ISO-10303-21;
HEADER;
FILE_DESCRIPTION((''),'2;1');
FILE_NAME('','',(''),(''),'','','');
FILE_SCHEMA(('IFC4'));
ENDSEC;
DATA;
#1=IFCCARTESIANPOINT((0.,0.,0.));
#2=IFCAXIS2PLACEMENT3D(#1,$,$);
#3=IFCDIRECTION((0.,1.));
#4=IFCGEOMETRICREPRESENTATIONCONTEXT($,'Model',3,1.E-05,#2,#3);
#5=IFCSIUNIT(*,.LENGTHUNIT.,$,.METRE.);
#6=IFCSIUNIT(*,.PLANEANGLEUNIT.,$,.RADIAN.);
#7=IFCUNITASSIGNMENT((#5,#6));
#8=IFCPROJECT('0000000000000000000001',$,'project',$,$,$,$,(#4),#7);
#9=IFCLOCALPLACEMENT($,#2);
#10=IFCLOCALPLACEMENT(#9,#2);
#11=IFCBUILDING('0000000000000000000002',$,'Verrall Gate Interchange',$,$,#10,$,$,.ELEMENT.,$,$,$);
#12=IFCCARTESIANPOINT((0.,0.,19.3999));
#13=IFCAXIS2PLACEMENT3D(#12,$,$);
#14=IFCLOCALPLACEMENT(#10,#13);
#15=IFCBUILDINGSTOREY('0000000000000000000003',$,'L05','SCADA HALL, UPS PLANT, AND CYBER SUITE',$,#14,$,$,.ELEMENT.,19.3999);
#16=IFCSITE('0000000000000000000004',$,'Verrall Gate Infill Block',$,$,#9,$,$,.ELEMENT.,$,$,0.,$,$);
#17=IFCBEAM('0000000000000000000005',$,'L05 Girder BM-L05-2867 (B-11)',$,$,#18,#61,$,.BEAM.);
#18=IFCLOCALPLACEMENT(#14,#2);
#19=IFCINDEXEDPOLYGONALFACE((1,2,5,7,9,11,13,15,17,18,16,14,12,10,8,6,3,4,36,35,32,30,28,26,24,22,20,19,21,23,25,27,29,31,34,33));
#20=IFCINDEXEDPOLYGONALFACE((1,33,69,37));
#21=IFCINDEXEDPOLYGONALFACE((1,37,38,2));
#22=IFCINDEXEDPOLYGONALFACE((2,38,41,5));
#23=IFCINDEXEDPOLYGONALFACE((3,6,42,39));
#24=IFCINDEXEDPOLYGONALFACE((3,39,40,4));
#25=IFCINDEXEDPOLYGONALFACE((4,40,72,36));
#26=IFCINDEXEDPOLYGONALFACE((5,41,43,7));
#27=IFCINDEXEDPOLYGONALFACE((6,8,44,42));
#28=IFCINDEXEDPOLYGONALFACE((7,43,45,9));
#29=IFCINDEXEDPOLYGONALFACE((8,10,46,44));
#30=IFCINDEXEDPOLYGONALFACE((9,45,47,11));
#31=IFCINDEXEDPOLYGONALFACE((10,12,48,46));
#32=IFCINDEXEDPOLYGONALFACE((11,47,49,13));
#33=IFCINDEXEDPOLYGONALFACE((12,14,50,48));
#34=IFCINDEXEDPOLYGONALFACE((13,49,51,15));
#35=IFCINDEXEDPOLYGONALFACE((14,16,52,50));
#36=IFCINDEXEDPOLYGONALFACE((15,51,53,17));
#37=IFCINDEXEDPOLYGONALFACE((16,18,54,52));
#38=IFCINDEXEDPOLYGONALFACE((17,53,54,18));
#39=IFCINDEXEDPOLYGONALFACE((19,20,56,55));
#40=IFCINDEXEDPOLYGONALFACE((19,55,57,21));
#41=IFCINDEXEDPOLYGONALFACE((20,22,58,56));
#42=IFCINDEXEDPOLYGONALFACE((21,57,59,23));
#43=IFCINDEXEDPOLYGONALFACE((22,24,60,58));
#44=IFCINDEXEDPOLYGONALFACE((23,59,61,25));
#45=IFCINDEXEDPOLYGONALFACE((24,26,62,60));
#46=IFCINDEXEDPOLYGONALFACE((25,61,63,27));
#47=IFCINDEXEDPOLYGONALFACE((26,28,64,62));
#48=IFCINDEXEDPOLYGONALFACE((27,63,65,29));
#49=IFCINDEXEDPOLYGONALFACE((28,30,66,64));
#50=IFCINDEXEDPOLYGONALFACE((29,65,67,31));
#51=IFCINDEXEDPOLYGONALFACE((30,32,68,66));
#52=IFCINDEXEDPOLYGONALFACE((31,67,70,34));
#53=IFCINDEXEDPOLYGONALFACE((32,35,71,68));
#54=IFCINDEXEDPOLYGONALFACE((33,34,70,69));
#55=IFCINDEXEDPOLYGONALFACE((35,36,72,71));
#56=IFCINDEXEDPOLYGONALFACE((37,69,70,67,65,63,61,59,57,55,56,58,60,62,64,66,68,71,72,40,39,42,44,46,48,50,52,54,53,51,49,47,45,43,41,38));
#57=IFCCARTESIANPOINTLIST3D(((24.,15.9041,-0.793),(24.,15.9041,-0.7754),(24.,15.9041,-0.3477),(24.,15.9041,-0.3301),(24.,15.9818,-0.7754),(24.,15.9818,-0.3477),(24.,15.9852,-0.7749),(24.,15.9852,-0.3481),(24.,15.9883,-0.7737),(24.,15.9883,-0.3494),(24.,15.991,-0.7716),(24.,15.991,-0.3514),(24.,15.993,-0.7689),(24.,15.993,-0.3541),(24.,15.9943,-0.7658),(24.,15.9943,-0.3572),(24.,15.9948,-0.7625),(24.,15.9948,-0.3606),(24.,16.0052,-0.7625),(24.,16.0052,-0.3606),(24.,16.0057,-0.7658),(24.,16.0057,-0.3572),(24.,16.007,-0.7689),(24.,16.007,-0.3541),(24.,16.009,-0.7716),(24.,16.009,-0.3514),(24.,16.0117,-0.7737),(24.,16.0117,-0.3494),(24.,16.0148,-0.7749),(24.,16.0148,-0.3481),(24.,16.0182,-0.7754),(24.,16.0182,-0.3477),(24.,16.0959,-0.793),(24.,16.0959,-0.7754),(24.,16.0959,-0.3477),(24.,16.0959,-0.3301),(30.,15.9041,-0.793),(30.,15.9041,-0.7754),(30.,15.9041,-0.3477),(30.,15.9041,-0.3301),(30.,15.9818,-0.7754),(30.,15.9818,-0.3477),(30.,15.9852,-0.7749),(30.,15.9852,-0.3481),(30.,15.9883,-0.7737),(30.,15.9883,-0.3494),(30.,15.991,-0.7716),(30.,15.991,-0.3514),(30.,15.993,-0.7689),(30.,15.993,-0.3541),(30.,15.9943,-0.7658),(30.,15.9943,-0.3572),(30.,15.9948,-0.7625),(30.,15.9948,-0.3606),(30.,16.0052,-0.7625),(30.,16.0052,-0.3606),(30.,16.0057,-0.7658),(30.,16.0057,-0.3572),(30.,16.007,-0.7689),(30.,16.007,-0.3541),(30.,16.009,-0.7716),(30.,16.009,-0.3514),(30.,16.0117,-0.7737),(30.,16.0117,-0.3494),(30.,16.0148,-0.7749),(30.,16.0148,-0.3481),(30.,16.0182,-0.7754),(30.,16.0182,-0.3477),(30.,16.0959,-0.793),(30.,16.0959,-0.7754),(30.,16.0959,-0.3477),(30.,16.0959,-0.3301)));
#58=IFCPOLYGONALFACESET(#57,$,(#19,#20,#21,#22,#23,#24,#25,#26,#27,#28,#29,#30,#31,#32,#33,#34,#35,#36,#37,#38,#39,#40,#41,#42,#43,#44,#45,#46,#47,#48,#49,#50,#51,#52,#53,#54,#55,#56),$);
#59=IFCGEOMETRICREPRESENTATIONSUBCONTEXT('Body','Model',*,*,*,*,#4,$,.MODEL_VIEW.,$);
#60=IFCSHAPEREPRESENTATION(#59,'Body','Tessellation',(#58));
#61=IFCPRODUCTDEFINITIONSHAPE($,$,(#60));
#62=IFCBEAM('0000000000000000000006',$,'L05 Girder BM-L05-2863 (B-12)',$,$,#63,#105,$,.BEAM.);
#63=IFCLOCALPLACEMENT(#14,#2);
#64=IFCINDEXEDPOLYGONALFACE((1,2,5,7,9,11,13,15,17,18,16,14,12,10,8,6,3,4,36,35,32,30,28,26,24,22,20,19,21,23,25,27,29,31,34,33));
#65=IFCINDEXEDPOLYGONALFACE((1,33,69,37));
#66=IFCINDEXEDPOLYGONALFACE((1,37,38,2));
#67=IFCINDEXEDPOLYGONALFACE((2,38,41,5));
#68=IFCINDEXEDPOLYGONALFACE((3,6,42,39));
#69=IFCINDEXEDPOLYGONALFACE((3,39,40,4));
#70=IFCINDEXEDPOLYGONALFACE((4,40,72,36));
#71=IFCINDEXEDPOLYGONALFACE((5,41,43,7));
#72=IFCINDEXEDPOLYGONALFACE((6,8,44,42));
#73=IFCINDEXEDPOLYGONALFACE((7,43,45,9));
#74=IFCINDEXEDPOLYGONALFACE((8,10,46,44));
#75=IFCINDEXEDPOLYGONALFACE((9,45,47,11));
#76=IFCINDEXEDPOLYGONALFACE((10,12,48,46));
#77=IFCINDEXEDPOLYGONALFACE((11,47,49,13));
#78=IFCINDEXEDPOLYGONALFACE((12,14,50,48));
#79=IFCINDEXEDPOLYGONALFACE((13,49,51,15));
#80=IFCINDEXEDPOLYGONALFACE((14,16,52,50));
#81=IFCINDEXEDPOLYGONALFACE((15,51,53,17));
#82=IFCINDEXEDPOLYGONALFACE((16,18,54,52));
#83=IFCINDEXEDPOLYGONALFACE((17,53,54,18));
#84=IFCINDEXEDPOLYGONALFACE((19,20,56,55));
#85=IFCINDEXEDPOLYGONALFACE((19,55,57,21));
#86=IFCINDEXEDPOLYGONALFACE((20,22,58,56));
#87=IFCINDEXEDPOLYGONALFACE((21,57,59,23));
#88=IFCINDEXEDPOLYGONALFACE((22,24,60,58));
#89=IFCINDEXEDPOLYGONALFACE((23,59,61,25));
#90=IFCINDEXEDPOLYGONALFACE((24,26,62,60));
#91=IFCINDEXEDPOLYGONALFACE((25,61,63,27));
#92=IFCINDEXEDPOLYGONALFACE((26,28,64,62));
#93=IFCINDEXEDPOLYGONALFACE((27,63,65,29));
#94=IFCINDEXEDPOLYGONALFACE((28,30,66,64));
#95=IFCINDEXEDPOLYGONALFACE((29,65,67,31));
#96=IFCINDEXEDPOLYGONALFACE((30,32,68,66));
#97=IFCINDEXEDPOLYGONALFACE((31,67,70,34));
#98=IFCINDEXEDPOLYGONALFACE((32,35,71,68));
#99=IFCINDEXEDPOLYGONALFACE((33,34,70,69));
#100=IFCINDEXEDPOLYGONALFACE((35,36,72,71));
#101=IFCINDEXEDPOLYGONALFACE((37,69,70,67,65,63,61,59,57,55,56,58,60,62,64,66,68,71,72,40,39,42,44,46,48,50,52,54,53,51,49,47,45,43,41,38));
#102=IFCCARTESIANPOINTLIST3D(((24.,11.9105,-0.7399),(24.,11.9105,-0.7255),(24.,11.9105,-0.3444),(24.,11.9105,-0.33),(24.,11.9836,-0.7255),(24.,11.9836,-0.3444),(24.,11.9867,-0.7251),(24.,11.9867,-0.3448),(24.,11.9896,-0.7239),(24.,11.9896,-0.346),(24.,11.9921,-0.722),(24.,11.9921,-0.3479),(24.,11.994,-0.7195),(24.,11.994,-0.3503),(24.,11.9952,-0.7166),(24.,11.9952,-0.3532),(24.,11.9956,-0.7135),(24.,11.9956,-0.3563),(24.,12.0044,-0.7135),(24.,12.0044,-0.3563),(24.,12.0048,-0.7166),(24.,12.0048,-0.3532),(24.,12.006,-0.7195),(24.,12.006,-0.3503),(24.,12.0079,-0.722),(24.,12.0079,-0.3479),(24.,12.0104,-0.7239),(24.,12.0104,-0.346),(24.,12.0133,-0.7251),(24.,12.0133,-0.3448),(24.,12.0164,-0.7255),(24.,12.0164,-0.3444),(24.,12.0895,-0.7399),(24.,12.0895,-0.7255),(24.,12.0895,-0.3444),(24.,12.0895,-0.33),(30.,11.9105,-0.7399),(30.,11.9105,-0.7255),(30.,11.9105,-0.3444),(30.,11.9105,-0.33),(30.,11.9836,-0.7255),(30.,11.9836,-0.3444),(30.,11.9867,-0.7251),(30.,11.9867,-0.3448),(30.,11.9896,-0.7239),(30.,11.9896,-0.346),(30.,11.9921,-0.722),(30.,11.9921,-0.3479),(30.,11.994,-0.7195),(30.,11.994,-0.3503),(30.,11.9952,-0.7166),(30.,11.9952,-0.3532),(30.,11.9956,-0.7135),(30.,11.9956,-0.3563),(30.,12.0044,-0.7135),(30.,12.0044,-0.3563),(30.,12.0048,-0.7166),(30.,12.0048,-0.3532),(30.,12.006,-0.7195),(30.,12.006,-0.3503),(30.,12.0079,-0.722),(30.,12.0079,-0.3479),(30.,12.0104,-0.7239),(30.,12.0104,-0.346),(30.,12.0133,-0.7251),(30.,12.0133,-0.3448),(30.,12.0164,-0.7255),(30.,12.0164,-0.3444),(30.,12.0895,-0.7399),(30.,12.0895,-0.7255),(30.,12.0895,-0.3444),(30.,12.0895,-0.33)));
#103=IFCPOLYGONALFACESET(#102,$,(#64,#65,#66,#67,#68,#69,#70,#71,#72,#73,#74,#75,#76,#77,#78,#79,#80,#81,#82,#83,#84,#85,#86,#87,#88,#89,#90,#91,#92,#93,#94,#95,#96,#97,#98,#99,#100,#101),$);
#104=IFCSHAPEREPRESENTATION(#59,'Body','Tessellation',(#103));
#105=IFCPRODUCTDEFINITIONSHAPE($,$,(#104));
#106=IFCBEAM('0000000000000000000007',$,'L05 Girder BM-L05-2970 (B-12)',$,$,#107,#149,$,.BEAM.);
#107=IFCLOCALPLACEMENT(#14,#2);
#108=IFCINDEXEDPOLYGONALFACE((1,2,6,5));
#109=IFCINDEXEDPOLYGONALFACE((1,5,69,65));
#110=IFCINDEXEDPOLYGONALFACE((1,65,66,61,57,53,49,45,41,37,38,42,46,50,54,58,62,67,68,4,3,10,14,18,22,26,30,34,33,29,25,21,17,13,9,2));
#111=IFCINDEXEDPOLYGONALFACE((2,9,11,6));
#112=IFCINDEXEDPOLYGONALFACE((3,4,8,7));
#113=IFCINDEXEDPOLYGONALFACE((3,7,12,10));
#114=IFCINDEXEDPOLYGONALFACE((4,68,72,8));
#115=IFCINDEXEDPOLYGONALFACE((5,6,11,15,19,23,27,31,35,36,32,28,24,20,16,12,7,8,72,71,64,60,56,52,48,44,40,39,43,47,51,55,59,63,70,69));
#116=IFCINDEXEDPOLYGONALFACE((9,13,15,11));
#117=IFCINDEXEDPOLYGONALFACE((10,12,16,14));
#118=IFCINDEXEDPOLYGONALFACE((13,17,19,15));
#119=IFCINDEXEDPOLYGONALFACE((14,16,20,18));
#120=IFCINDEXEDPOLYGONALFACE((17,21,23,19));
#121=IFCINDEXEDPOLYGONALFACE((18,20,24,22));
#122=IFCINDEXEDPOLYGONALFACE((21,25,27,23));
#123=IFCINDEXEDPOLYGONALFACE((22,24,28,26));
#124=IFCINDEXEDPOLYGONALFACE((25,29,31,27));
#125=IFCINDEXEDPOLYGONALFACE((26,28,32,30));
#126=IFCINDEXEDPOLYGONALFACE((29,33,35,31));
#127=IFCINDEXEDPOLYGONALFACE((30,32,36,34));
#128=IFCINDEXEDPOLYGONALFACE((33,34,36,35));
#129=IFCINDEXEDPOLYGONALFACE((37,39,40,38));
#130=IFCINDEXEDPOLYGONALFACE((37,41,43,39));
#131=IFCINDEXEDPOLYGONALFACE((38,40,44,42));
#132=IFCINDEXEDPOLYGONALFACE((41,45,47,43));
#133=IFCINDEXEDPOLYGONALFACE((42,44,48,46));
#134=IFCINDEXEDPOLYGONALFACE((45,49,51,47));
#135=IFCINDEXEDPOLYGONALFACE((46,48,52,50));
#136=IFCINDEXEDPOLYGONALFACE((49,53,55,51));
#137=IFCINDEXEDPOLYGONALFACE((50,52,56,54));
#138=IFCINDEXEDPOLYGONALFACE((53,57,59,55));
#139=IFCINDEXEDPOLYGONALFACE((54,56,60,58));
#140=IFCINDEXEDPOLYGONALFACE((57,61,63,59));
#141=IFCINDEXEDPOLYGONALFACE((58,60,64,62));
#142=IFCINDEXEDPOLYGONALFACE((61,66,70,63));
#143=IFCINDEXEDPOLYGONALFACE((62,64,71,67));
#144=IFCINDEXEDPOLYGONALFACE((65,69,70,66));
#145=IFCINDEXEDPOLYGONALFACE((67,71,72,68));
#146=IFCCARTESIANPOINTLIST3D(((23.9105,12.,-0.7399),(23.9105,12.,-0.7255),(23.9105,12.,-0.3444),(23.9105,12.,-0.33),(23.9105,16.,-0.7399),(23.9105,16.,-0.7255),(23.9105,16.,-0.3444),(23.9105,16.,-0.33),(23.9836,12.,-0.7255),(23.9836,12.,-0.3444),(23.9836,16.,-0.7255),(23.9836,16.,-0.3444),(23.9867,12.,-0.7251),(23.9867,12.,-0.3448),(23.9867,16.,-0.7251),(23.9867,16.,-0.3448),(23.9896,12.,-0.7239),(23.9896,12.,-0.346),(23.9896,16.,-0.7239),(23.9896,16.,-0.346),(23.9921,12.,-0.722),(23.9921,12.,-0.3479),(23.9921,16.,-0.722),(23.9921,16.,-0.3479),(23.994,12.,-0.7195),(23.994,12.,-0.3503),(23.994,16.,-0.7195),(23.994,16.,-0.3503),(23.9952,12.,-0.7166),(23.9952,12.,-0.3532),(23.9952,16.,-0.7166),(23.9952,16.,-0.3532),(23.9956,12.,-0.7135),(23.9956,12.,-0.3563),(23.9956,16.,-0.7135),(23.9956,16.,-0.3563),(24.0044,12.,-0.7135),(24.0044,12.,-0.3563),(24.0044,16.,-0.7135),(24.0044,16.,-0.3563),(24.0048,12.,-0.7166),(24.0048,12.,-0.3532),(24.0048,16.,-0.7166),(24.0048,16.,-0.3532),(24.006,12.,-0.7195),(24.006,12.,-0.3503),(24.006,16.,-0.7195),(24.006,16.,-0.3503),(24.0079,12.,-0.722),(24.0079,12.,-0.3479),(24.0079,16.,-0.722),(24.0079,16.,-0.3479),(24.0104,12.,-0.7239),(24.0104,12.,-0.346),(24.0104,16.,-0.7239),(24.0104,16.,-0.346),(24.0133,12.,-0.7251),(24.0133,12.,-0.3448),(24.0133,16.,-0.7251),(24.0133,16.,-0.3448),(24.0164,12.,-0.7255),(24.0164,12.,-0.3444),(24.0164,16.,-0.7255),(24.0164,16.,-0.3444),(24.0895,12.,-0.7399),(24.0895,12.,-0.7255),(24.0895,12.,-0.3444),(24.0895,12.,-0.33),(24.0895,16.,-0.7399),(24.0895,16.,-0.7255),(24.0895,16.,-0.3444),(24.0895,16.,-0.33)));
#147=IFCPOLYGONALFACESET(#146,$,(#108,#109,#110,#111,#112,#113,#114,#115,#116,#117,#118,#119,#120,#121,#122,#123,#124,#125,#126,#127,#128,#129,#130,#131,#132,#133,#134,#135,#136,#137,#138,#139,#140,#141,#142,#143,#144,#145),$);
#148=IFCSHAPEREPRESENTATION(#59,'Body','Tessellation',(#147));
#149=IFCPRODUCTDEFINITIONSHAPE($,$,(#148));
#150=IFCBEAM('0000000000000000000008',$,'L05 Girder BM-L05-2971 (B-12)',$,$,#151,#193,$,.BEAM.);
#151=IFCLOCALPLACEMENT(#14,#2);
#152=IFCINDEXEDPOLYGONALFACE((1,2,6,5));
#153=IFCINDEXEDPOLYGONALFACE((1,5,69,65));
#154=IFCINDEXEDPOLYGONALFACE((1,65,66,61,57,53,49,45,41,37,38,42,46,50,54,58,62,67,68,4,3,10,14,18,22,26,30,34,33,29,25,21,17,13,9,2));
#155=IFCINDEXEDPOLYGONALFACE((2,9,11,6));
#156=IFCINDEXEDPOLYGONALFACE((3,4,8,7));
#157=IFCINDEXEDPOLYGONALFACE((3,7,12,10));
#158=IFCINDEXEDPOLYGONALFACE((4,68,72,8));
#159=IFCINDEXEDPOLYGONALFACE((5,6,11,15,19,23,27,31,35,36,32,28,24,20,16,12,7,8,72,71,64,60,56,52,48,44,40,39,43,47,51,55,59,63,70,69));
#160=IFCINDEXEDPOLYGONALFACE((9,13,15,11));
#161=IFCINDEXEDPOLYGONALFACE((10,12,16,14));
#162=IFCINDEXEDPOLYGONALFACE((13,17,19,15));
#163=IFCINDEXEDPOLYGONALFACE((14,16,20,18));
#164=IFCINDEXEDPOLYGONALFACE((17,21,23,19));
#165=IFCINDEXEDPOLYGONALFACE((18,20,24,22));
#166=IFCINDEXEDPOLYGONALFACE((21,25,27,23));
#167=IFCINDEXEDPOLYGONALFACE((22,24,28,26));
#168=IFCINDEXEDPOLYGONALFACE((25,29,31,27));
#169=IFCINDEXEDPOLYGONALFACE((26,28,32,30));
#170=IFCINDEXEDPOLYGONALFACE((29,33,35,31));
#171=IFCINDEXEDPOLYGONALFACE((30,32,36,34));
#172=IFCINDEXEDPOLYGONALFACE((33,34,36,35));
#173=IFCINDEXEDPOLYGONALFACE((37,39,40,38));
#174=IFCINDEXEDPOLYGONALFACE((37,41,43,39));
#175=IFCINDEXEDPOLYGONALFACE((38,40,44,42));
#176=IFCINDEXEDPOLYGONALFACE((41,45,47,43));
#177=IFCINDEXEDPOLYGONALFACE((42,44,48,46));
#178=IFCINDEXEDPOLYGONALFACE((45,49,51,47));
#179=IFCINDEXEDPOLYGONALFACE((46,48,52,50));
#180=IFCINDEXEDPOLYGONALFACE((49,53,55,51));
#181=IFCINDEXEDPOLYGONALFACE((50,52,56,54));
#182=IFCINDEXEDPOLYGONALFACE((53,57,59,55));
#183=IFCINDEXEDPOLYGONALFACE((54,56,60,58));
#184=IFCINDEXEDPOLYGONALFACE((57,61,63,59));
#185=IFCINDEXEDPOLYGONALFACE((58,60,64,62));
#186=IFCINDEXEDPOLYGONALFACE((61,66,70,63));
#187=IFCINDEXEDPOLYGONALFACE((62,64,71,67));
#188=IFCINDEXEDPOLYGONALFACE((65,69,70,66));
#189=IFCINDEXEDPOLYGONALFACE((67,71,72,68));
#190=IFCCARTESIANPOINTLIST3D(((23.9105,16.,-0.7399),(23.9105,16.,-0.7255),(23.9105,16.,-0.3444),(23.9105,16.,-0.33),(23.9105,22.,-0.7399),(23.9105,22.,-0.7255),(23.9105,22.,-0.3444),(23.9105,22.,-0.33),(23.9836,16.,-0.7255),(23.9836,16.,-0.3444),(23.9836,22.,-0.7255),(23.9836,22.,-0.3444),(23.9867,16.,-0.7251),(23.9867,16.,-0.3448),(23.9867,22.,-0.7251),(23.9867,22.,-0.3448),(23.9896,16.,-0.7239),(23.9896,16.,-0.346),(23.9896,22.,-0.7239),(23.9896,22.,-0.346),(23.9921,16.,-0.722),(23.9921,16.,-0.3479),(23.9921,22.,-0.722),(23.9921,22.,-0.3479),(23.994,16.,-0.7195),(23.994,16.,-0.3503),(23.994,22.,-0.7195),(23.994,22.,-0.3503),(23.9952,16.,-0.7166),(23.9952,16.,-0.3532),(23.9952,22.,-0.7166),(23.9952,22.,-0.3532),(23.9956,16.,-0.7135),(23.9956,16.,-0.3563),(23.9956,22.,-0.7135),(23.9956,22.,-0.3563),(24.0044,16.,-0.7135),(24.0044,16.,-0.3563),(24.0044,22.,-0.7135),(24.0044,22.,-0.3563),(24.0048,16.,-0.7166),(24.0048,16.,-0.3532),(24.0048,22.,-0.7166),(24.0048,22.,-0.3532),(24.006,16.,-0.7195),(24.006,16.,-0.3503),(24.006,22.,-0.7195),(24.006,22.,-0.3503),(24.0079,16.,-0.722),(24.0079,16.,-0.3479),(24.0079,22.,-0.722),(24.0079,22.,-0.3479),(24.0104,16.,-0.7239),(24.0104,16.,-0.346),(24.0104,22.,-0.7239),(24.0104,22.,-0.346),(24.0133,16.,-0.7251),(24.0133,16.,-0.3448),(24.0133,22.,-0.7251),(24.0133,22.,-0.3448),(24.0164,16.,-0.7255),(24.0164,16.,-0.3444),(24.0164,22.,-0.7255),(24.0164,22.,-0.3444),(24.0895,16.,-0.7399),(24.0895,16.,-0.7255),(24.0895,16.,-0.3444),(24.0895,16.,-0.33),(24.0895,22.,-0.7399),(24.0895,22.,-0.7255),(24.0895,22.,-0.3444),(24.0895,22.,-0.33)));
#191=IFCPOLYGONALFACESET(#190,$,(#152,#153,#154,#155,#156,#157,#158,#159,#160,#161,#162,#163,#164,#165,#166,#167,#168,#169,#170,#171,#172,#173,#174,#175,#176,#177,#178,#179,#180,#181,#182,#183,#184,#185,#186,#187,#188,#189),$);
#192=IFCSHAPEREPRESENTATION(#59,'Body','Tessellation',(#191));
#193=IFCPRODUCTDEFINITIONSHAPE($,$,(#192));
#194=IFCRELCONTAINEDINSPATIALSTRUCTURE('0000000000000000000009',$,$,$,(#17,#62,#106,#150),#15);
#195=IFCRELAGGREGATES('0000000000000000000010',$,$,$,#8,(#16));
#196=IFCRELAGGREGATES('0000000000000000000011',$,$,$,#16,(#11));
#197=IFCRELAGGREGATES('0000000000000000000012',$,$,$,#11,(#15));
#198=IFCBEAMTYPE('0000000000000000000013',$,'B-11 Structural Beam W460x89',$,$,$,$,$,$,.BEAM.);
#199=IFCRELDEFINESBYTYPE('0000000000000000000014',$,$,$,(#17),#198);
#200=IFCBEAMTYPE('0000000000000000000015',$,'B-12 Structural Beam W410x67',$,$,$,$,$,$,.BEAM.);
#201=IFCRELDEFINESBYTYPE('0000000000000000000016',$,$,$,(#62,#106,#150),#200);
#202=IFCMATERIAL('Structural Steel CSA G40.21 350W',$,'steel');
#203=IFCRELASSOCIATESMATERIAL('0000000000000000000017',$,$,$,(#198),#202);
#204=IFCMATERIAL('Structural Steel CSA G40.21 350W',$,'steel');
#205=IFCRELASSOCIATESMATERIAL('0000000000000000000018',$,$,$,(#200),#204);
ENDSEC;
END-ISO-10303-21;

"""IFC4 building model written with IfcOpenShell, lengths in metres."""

from ifc_helpers import new_model, si_unit, direction, frame, origin, origin_2d, place, context, subcontext, project, spatial, i_section, extrude, material, material_profile, profile_set, type_object, element, save


model = new_model("IFC4")

# Units and contexts
model_context = context("Model", 3, precision=1e-05, world=origin(), true_north=direction((0.0, 1.0)))
body_context = subcontext(model_context, "Body", "Model", "MODEL_VIEW")
ifc_project = project(units=[si_unit("LENGTHUNIT", "METRE"), si_unit("PLANEANGLEUNIT", "RADIAN")], contexts=[model_context])

# Site, building, storey
site_placement = place(None, origin())
site = spatial("IfcSite", under=ifc_project, at=site_placement, Name="Verrall Gate Infill Block", CompositionType="ELEMENT", RefElevation=0.0)
building_placement = place(site_placement, origin())
building = spatial("IfcBuilding", under=site, at=building_placement, Name="Verrall Gate Interchange", CompositionType="ELEMENT")
storey_placement = place(building_placement, frame((0.0, 0.0, 19.3999)))
storey = spatial("IfcBuildingStorey", under=building, at=storey_placement, Name="L05", Description="SCADA HALL, UPS PLANT, AND CYBER SUITE", CompositionType="ELEMENT", Elevation=19.3999)

# Beams
ifc_material_1 = material(Name="Structural Steel CSA G40.21 350W", Category="steel")
ifc_material_profile_1 = material_profile(ifc_material_1, i_section(OverallWidth=0.1919, OverallDepth=0.4629, WebThickness=0.0105, FlangeThickness=0.0176, FilletRadius=0.0129, at=origin_2d()), Name="W460x89")
ifc_profile_set_1 = profile_set([ifc_material_profile_1], Name="Structural Steel CSA G40.21 350W")
beam_type_1 = type_object("IfcBeamType", Name="B-11 Structural Beam W460x89", PredefinedType="BEAM", material=ifc_profile_set_1)
for number, where, z_axis, x_axis, name in (
    (1, (24.0, 16.0, -0.5615), (1.0, 0.0, 0.0), (0.0, 1.0, 0.0), "L05 Girder BM-L05-2867 (B-11)"),
):
    element("IfcBeam", number, at=place(storey_placement, frame(where, z_axis=z_axis, x_axis=x_axis)), inside=storey, type_object=beam_type_1, Name=name, PredefinedType="BEAM", context=body_context, shape_type="SweptSolid", body=[
        extrude(i_section(OverallWidth=0.1919, OverallDepth=0.4629, WebThickness=0.0105, FlangeThickness=0.0176, FilletRadius=0.0129, at=origin_2d()), origin(), (0.0, 0.0, 1.0), 6.0),
    ])
ifc_material_2 = material(Name="Structural Steel CSA G40.21 350W", Category="steel")
ifc_material_profile_2 = material_profile(ifc_material_2, i_section(OverallWidth=0.179, OverallDepth=0.4099, WebThickness=0.0088, FlangeThickness=0.0144, FilletRadius=0.012, at=origin_2d()), Name="W410x67")
ifc_profile_set_2 = profile_set([ifc_material_profile_2], Name="Structural Steel CSA G40.21 350W")
beam_type_2 = type_object("IfcBeamType", Name="B-12 Structural Beam W410x67", PredefinedType="BEAM", material=ifc_profile_set_2)
beam_1_placement = place(storey_placement, frame((24.0, 12.0, -0.5349), z_axis=(1.0, 0.0, 0.0), x_axis=(0.0, 1.0, 0.0)))
element("IfcBeam", 2, at=beam_1_placement, inside=storey, type_object=beam_type_2, Name="L05 Girder BM-L05-2863 (B-12)", PredefinedType="BEAM", context=body_context, shape_type="SweptSolid", body=[
    extrude(i_section(OverallWidth=0.179, OverallDepth=0.4099, WebThickness=0.0088, FlangeThickness=0.0144, FilletRadius=0.012, at=origin_2d()), origin(), (0.0, 0.0, 1.0), 6.0),
])
beam_2_placement = place(storey_placement, frame((24.0, 12.0, -0.5349), z_axis=(0.0, 1.0, 0.0), x_axis=(-1.0, 0.0, 0.0)))
element("IfcBeam", 3, at=beam_2_placement, inside=storey, type_object=beam_type_2, Name="L05 Girder BM-L05-2970 (B-12)", PredefinedType="BEAM", context=body_context, shape_type="SweptSolid", body=[
    extrude(i_section(OverallWidth=0.179, OverallDepth=0.4099, WebThickness=0.0088, FlangeThickness=0.0144, FilletRadius=0.012, at=origin_2d()), origin(), (0.0, 0.0, 1.0), 4.0),
])
beam_3_placement = place(storey_placement, frame((24.0, 16.0, -0.5349), z_axis=(0.0, 1.0, 0.0), x_axis=(-1.0, 0.0, 0.0)))
element("IfcBeam", 4, at=beam_3_placement, inside=storey, type_object=beam_type_2, Name="L05 Girder BM-L05-2971 (B-12)", PredefinedType="BEAM", context=body_context, shape_type="SweptSolid", body=[
    extrude(i_section(OverallWidth=0.179, OverallDepth=0.4099, WebThickness=0.0088, FlangeThickness=0.0144, FilletRadius=0.012, at=origin_2d()), origin(), (0.0, 0.0, 1.0), 6.0),
])

save(model, "model.ifc")
